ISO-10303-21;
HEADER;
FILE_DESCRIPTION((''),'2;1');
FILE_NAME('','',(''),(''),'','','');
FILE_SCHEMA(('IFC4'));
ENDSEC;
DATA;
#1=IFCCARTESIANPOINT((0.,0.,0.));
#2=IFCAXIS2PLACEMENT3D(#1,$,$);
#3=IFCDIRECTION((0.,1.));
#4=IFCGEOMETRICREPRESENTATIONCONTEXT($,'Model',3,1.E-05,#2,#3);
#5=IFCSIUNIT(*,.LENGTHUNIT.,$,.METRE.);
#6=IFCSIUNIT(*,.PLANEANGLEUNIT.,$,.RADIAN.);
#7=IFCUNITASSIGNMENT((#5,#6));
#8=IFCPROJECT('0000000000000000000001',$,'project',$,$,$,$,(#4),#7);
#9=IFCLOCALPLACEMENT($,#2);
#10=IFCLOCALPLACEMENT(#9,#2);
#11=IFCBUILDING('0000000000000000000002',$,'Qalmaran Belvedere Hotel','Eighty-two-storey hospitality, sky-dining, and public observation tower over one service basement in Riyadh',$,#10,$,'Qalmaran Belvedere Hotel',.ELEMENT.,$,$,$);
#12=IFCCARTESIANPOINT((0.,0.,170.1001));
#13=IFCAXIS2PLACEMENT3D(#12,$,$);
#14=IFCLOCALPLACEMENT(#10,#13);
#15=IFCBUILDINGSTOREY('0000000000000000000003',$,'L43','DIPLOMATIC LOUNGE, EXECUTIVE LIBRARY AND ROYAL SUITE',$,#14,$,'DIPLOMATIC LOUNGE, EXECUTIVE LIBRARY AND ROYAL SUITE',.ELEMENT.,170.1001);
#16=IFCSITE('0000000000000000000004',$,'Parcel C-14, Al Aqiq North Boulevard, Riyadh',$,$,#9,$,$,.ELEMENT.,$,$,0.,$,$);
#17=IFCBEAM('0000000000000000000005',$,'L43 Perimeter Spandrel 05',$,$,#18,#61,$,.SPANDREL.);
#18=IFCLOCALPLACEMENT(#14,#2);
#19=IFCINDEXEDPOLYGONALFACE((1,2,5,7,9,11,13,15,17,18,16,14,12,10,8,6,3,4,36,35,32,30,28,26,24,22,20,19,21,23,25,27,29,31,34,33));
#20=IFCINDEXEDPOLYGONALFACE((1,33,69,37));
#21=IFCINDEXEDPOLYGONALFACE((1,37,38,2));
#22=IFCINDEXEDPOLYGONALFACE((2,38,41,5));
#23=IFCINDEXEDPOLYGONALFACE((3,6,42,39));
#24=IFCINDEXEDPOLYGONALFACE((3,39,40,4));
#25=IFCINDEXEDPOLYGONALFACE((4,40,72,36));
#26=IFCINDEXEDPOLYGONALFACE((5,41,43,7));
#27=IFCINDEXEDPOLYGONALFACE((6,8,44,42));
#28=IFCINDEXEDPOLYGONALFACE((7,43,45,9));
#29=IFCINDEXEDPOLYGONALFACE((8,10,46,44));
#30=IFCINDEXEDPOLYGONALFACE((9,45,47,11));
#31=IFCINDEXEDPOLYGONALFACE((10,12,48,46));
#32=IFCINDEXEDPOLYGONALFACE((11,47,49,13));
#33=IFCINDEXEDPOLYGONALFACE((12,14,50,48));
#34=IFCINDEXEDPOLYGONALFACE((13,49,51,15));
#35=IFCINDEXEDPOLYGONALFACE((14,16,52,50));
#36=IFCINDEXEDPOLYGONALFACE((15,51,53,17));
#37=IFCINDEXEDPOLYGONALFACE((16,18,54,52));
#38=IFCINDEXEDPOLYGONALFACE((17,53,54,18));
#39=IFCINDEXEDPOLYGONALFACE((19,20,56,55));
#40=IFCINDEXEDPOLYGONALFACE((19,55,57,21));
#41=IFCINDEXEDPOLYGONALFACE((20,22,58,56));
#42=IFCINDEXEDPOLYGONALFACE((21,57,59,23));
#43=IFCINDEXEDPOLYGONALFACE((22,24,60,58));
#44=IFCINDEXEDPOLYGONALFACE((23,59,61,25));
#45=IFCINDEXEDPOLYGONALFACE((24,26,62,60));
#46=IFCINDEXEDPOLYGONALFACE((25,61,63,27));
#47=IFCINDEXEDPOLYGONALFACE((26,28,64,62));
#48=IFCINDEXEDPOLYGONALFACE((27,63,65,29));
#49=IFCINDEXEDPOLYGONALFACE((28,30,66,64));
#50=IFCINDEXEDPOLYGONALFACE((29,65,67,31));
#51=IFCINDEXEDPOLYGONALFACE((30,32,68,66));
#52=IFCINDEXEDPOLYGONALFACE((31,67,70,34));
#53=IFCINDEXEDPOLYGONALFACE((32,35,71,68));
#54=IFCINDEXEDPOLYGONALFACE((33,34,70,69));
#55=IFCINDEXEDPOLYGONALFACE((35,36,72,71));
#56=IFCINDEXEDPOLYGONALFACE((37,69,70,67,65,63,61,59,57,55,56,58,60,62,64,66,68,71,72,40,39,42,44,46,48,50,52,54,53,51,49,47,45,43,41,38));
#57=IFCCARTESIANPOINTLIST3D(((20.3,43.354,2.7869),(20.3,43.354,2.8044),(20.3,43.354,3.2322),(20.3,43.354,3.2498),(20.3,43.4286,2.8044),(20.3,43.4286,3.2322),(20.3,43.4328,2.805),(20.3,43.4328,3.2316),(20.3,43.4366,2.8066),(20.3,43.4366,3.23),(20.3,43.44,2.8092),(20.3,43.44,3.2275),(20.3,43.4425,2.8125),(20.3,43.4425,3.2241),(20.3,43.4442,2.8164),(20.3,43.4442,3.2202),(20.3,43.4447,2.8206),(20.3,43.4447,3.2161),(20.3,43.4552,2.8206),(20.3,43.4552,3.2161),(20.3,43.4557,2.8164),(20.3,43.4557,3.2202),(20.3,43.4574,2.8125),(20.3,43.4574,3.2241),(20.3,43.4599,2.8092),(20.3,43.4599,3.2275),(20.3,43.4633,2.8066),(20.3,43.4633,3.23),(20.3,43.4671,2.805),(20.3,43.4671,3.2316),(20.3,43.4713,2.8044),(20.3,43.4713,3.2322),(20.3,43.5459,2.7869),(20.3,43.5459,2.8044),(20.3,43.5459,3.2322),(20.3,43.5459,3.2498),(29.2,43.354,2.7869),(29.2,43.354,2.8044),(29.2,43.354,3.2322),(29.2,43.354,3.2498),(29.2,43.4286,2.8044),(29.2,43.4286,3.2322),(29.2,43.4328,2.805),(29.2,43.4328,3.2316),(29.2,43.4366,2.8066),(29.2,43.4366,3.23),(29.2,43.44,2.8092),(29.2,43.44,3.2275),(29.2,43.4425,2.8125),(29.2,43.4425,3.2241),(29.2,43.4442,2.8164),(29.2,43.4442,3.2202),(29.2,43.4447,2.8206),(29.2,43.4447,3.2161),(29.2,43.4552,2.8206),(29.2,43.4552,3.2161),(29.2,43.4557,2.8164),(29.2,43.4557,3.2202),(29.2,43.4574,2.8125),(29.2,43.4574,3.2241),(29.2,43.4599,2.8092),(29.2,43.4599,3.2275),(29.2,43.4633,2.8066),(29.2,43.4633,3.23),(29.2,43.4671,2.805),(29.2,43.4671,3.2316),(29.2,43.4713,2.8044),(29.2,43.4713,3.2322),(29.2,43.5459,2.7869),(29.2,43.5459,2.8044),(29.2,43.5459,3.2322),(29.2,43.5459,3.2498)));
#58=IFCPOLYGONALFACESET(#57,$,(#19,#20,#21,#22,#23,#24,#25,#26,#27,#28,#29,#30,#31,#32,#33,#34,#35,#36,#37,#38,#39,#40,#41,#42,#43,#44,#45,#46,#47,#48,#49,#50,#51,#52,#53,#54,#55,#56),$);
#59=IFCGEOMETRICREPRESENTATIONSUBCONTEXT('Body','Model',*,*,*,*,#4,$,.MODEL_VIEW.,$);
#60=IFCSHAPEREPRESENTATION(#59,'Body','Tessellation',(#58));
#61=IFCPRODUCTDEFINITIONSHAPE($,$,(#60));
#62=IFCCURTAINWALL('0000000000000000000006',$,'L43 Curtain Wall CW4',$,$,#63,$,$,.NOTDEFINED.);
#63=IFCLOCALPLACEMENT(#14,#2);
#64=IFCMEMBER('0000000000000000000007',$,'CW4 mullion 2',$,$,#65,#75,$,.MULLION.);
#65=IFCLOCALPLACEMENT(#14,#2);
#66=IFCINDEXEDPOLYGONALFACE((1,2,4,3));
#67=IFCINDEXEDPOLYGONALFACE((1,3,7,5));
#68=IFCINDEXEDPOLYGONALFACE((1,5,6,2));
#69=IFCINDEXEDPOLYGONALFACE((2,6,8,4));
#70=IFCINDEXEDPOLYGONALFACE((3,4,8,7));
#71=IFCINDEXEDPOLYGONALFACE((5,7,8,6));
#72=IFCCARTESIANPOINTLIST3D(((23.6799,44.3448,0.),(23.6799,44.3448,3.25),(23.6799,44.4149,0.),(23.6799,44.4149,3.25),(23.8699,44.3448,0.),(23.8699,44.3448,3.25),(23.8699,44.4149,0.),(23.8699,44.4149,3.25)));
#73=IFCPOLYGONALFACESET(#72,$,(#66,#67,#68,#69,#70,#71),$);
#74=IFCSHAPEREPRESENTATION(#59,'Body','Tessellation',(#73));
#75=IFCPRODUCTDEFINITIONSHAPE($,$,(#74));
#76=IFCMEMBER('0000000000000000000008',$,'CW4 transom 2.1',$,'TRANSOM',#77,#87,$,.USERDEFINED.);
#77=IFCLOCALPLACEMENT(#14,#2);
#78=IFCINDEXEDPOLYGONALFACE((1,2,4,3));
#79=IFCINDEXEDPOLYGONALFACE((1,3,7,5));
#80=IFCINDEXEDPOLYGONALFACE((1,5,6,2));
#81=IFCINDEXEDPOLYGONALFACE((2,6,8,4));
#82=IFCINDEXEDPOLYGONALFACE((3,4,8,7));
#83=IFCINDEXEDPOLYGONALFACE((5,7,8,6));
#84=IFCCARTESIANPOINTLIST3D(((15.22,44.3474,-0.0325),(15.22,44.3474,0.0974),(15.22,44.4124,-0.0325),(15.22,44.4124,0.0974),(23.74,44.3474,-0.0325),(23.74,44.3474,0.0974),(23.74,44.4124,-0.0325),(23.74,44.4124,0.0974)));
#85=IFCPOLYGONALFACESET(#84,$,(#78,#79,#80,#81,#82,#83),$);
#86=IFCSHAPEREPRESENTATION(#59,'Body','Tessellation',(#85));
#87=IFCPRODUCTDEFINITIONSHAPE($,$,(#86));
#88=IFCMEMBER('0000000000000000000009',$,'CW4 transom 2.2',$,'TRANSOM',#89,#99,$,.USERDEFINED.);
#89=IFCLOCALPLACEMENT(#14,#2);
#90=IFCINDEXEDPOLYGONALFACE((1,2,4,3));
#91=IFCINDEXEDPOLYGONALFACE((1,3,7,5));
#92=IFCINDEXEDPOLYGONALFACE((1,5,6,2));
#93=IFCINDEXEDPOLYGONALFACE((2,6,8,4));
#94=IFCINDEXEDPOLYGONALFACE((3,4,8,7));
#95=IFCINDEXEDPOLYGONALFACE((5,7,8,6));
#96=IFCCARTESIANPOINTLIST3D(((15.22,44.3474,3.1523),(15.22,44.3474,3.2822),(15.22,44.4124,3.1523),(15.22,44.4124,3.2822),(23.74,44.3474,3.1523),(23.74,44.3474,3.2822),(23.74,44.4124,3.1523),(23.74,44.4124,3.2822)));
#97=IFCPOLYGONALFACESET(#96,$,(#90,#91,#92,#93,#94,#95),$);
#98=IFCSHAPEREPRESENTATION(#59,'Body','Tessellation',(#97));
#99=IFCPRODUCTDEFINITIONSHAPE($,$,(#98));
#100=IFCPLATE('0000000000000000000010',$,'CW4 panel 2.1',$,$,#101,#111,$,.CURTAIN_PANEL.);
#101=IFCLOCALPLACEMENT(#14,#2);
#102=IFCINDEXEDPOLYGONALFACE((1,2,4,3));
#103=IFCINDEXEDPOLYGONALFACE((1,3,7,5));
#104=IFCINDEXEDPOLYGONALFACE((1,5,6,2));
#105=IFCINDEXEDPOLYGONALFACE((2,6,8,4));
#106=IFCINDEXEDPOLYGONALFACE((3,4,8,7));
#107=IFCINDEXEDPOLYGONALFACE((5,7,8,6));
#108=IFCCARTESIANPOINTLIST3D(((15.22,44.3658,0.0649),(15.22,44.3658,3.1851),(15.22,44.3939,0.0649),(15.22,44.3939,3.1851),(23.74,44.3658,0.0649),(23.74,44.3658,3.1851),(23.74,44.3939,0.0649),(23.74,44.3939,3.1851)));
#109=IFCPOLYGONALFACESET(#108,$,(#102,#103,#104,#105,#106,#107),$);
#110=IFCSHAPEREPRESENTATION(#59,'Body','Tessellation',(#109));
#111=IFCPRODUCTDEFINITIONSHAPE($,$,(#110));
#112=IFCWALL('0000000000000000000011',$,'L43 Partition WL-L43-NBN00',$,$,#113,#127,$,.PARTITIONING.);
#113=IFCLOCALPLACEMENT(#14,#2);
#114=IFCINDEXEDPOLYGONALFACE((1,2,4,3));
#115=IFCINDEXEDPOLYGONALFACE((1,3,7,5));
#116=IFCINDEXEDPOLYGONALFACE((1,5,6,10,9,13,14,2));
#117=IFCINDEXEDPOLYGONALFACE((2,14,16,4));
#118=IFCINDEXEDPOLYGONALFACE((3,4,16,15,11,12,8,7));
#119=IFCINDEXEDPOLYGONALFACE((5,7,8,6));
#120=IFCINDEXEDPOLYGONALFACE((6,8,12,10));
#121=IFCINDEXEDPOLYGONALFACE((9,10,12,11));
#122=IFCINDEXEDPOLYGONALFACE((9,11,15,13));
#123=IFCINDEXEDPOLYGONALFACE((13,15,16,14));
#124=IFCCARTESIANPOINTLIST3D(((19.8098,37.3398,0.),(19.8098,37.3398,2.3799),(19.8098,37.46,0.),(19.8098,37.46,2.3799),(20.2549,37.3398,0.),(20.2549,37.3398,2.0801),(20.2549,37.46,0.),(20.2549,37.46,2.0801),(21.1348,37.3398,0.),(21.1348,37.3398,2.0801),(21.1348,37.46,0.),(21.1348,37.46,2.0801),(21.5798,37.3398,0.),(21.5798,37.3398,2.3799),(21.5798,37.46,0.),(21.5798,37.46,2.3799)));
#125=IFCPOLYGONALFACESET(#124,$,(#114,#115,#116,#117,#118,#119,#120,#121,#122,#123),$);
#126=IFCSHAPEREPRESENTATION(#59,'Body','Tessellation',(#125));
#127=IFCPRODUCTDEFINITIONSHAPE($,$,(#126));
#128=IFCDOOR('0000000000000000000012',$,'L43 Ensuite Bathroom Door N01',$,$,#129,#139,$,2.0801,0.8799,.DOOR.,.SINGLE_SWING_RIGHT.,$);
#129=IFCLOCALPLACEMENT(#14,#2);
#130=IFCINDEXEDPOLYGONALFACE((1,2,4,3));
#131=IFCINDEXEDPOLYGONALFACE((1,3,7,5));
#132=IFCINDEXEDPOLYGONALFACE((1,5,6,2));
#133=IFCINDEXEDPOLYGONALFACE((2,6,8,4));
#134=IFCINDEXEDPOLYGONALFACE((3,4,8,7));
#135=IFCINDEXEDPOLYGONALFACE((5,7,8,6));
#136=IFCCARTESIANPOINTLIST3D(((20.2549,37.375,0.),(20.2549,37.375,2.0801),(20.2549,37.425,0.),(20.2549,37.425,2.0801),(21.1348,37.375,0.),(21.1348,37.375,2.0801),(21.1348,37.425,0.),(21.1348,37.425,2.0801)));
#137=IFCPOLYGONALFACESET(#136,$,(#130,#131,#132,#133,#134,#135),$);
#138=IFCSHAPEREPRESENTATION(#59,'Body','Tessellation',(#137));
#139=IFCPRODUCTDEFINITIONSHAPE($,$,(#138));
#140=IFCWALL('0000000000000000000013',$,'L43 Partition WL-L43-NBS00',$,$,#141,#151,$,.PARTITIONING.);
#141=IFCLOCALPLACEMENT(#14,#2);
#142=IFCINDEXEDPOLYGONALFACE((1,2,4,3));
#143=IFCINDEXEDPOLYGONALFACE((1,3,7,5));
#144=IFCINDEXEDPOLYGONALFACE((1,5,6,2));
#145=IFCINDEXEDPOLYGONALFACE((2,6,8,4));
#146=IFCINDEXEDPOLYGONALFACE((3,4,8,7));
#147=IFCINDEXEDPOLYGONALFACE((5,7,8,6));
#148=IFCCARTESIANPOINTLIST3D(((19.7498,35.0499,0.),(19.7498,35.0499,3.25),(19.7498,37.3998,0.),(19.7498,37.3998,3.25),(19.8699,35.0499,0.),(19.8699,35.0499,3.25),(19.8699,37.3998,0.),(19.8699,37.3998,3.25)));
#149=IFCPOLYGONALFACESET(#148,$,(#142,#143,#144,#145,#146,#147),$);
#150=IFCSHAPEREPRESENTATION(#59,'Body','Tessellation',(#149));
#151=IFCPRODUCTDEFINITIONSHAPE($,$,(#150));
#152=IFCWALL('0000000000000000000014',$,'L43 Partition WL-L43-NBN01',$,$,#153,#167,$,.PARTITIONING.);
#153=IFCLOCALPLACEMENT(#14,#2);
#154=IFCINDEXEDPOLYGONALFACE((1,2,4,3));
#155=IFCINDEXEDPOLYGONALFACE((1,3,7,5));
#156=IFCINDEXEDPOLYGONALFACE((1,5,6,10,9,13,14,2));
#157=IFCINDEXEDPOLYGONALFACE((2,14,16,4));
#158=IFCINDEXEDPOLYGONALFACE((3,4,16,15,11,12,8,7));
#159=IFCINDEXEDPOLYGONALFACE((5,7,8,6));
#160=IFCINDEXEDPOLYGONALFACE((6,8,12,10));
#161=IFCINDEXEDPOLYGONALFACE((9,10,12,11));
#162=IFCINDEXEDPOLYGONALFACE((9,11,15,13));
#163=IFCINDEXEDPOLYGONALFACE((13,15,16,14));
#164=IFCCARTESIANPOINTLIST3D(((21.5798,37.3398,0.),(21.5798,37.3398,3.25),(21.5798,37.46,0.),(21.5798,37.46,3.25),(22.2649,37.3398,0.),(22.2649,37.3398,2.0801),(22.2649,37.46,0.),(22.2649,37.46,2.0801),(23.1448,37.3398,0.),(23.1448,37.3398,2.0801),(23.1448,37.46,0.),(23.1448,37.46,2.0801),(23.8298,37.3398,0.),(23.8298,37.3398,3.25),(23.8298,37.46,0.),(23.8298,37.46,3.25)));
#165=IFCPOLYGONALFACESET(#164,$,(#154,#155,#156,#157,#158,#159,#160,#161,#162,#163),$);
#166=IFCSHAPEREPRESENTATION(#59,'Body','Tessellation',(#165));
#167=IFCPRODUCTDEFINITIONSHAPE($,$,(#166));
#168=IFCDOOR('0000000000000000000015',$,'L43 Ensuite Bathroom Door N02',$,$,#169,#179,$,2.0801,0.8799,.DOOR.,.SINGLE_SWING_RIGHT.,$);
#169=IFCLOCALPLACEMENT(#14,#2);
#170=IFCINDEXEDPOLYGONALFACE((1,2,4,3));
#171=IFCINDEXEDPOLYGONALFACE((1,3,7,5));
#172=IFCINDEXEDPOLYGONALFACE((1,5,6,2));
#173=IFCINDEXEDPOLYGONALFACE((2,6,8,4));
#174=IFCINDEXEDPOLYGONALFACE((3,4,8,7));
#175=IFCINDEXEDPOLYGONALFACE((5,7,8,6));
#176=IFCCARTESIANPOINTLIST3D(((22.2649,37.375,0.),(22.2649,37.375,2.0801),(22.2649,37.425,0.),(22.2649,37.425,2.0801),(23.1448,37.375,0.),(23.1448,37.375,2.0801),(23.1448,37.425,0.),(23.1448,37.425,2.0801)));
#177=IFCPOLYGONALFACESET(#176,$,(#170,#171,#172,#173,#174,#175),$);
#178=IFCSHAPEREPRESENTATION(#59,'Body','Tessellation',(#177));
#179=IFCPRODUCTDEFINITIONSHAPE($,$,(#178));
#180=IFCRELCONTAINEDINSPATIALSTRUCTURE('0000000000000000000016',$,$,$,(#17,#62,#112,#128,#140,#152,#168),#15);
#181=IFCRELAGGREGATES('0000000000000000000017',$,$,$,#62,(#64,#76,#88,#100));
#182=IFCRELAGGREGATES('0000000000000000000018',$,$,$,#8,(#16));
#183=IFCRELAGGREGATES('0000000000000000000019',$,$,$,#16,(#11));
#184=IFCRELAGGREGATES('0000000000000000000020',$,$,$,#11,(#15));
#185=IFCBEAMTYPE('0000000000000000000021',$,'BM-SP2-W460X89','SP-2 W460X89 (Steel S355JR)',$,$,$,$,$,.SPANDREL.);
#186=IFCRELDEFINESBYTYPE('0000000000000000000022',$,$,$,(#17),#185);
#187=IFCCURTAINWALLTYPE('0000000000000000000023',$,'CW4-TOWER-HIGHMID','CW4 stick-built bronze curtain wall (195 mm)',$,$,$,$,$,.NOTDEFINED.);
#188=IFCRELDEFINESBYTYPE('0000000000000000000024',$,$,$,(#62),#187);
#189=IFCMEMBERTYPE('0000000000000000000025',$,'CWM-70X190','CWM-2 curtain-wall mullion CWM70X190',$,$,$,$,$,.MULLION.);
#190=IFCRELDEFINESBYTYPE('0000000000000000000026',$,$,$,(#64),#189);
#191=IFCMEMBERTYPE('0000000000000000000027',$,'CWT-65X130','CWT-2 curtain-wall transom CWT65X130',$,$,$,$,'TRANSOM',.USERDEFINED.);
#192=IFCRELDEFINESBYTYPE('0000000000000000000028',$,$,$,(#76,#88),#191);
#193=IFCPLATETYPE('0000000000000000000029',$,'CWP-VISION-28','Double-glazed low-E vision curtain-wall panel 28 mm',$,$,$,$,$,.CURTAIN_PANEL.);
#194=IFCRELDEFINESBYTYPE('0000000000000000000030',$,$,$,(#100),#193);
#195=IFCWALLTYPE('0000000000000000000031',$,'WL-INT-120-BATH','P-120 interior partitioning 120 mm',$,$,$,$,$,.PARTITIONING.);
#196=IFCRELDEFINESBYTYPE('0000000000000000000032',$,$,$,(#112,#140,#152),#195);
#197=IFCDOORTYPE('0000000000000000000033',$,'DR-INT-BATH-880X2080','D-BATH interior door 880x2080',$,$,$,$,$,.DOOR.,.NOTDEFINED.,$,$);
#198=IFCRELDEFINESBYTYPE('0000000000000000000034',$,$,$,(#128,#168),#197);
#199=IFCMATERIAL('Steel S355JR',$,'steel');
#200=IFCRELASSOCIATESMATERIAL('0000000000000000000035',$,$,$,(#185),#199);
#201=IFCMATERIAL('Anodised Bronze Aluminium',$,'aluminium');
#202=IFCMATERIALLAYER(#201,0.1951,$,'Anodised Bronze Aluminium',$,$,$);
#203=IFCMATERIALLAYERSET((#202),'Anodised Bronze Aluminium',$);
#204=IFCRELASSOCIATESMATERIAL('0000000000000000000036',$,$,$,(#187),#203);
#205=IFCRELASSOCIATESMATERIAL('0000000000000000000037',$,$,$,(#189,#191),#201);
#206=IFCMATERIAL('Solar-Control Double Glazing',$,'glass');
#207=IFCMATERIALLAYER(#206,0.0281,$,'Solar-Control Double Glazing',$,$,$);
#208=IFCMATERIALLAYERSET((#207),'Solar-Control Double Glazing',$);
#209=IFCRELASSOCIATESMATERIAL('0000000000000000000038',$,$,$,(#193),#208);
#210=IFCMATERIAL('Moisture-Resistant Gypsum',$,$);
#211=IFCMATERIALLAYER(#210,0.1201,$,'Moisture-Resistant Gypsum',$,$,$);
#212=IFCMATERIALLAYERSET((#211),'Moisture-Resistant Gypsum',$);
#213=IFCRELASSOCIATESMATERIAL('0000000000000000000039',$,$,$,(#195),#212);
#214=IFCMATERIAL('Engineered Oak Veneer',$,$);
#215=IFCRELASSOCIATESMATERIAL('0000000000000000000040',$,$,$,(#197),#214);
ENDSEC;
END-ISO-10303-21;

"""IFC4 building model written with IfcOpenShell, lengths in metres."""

from ifc_helpers import new_model, si_unit, direction, frame, frame_2d, origin, origin_2d, place, context, subcontext, project, spatial, rectangle, i_section, extrude, material, layer, layer_set, material_profile, profile_set, type_object, element, fill, aggregate, save


model = new_model("IFC4")

# Units and contexts
model_context = context("Model", 3, precision=1e-05, world=origin(), true_north=direction((0.0, 1.0)))
body_context = subcontext(model_context, "Body", "Model", "MODEL_VIEW")
ifc_project = project(units=[si_unit("LENGTHUNIT", "METRE"), si_unit("PLANEANGLEUNIT", "RADIAN")], contexts=[model_context])

# Site, building, storey
site_placement = place(None, origin())
site = spatial("IfcSite", under=ifc_project, at=site_placement, Name="Parcel C-14, Al Aqiq North Boulevard, Riyadh", CompositionType="ELEMENT", RefElevation=0.0)
building_placement = place(site_placement, origin())
building = spatial("IfcBuilding", under=site, at=building_placement, Name="Qalmaran Belvedere Hotel", Description="Eighty-two-storey hospitality, sky-dining, and public observation tower over one service basement in Riyadh", LongName="Qalmaran Belvedere Hotel", CompositionType="ELEMENT")
storey_placement = place(building_placement, frame((0.0, 0.0, 170.1001)))
storey = spatial("IfcBuildingStorey", under=building, at=storey_placement, Name="L43", Description="DIPLOMATIC LOUNGE, EXECUTIVE LIBRARY AND ROYAL SUITE", LongName="DIPLOMATIC LOUNGE, EXECUTIVE LIBRARY AND ROYAL SUITE", CompositionType="ELEMENT", Elevation=170.1001)

# Beam
ifc_material_1 = material(Name="Steel S355JR", Category="steel")
ifc_material_profile_1 = material_profile(ifc_material_1, i_section(OverallWidth=0.1919, OverallDepth=0.4629, WebThickness=0.0105, FlangeThickness=0.0176, FilletRadius=0.0161, at=origin_2d()), Name="W460X89")
ifc_profile_set_1 = profile_set([ifc_material_profile_1], Name="Steel S355JR")
beam_type_1 = type_object("IfcBeamType", Name="BM-SP2-W460X89", Description="SP-2 W460X89 (Steel S355JR)", PredefinedType="SPANDREL", material=ifc_profile_set_1)
beam_1_placement = place(storey_placement, frame((20.3, 43.45, 3.0183), z_axis=(1.0, 0.0, 0.0), x_axis=(0.0, 1.0, 0.0)))
element("IfcBeam", 1, at=beam_1_placement, inside=storey, type_object=beam_type_1, Name="L43 Perimeter Spandrel 05", PredefinedType="SPANDREL", context=body_context, shape_type="SweptSolid", body=[
    extrude(i_section(OverallWidth=0.1919, OverallDepth=0.4629, WebThickness=0.0105, FlangeThickness=0.0176, FilletRadius=0.0161, at=origin_2d()), origin(), (0.0, 0.0, 1.0), 8.8999),
])

# Curtain wall, members, plate
ifc_material_2 = material(Name="Anodised Bronze Aluminium", Category="aluminium")
ifc_layer_1 = layer(ifc_material_2, 0.1951, Name="Anodised Bronze Aluminium")
ifc_layer_set_1 = layer_set([ifc_layer_1], Name="Anodised Bronze Aluminium")
curtain_wall_type = type_object("IfcCurtainWallType", Name="CW4-TOWER-HIGHMID", Description="CW4 stick-built bronze curtain wall (195 mm)", PredefinedType="NOTDEFINED", material=ifc_layer_set_1)
curtain_wall_placement = place(storey_placement, origin())
curtain_wall = element("IfcCurtainWall", 2, at=curtain_wall_placement, inside=storey, type_object=curtain_wall_type, Name="L43 Curtain Wall CW4", PredefinedType="NOTDEFINED")
ifc_material_profile_2 = material_profile(ifc_material_2, rectangle(XDim=0.0701, YDim=0.1899, at=origin_2d()), Name="CWM70X190")
ifc_profile_set_2 = profile_set([ifc_material_profile_2], Name="Anodised Bronze Aluminium")
member_type_1 = type_object("IfcMemberType", Name="CWM-70X190", Description="CWM-2 curtain-wall mullion CWM70X190", PredefinedType="MULLION", material=ifc_profile_set_2)
member_1_placement = place(storey_placement, frame((23.7749, 44.3799, 0.0), z_axis=(0.0, 0.0, 1.0), x_axis=(0.0, -1.0, 0.0)))
member_1 = element("IfcMember", 3, at=member_1_placement, type_object=member_type_1, Name="CW4 mullion 2", PredefinedType="MULLION", context=body_context, shape_type="SweptSolid", body=[
    extrude(rectangle(XDim=0.0701, YDim=0.1899, at=origin_2d()), origin(), (0.0, 0.0, 1.0), 3.25),
])
ifc_material_profile_3 = material_profile(ifc_material_2, rectangle(XDim=0.0649, YDim=0.1299, at=origin_2d()), Name="CWT65X130")
ifc_profile_set_3 = profile_set([ifc_material_profile_3], Name="Anodised Bronze Aluminium")
member_type_2 = type_object("IfcMemberType", Name="CWT-65X130", Description="CWT-2 curtain-wall transom CWT65X130", ElementType="TRANSOM", PredefinedType="USERDEFINED", material=ifc_profile_set_3)
member_2_placement = place(storey_placement, frame((23.74, 44.3799, 0.0325), z_axis=(-1.0, 0.0, 0.0), x_axis=(0.0, -1.0, 0.0)))
member_2 = element("IfcMember", 4, at=member_2_placement, type_object=member_type_2, Name="CW4 transom 2.1", ObjectType="TRANSOM", PredefinedType="USERDEFINED", context=body_context, shape_type="SweptSolid", body=[
    extrude(rectangle(XDim=0.0649, YDim=0.1299, at=origin_2d()), origin(), (0.0, 0.0, 1.0), 8.52),
])
member_3_placement = place(storey_placement, frame((23.74, 44.3799, 3.2173), z_axis=(-1.0, 0.0, 0.0), x_axis=(0.0, -1.0, 0.0)))
member_3 = element("IfcMember", 5, at=member_3_placement, type_object=member_type_2, Name="CW4 transom 2.2", ObjectType="TRANSOM", PredefinedType="USERDEFINED", context=body_context, shape_type="SweptSolid", body=[
    extrude(rectangle(XDim=0.0649, YDim=0.1299, at=origin_2d()), origin(), (0.0, 0.0, 1.0), 8.52),
])
ifc_material_3 = material(Name="Solar-Control Double Glazing", Category="glass")
ifc_layer_2 = layer(ifc_material_3, 0.0281, Name="Solar-Control Double Glazing")
ifc_layer_set_2 = layer_set([ifc_layer_2], Name="Solar-Control Double Glazing")
plate_type = type_object("IfcPlateType", Name="CWP-VISION-28", Description="Double-glazed low-E vision curtain-wall panel 28 mm", PredefinedType="CURTAIN_PANEL", material=ifc_layer_set_2)
plate_placement = place(storey_placement, frame((19.48, 44.3799, 0.0649), z_axis=(0.0, 0.0, 1.0), x_axis=(-1.0, 0.0, 0.0)))
plate = element("IfcPlate", 6, at=plate_placement, type_object=plate_type, Name="CW4 panel 2.1", PredefinedType="CURTAIN_PANEL", context=body_context, shape_type="SweptSolid", body=[
    extrude(rectangle(XDim=8.52, YDim=0.0281, at=origin_2d()), origin(), (0.0, 0.0, 1.0), 3.1201),
])
aggregate(curtain_wall, [member_1, member_2, member_3, plate])

# Wall, opening, door
ifc_material_4 = material(Name="Moisture-Resistant Gypsum")
ifc_layer_3 = layer(ifc_material_4, 0.1201, Name="Moisture-Resistant Gypsum")
ifc_layer_set_3 = layer_set([ifc_layer_3], Name="Moisture-Resistant Gypsum")
wall_type_1 = type_object("IfcWallType", Name="WL-INT-120-BATH", Description="P-120 interior partitioning 120 mm", PredefinedType="PARTITIONING", material=ifc_layer_set_3)
wall_1_placement = place(storey_placement, frame((19.8098, 37.3999, 0.0), z_axis=(0.0, 0.0, 1.0), x_axis=(1.0, 0.0, 0.0)))
wall_1 = element("IfcWall", 7, at=wall_1_placement, inside=storey, type_object=wall_type_1, Name="L43 Partition WL-L43-NBN00", PredefinedType="PARTITIONING", context=body_context, shape_type="SweptSolid", body=[
    extrude(rectangle(XDim=1.77, YDim=0.1201, at=frame_2d((0.885, 0.0))), origin(), (0.0, 0.0, 1.0), 2.3799),
])
opening_1_placement = place(wall_1_placement, frame((1.325, 0.0, 0.0), z_axis=(0.0, 0.0, 1.0), x_axis=(-1.0, 0.0, 0.0)))
opening_1 = element("IfcOpeningElement", 8, at=opening_1_placement, cuts=wall_1, PredefinedType="OPENING", context=body_context, shape_type="SweptSolid", body=[
    extrude(rectangle(XDim=0.8799, YDim=2.0801, at=frame_2d((0.4399, 1.04))), frame((0.0, 0.0701, 0.0), z_axis=(0.0, -1.0, 0.0), x_axis=(1.0, 0.0, 0.0)), (0.0, 0.0, 1.0), 0.1401),
])
ifc_material_5 = material(Name="Engineered Oak Veneer")
door_type_1 = type_object("IfcDoorType", Name="DR-INT-BATH-880X2080", Description="D-BATH interior door 880x2080", OperationType="NOTDEFINED", PredefinedType="DOOR", material=ifc_material_5)
door_1_placement = place(opening_1_placement, origin())
door_1 = element("IfcDoor", 9, at=door_1_placement, inside=storey, type_object=door_type_1, Name="L43 Ensuite Bathroom Door N01", OperationType="SINGLE_SWING_RIGHT", OverallHeight=2.0801, OverallWidth=0.8799, PredefinedType="DOOR", context=body_context, shape_type="SweptSolid", body=[
    extrude(rectangle(XDim=0.8799, YDim=2.0801, at=frame_2d((0.4399, 1.04))), frame((0.0, 0.0249, 0.0), z_axis=(0.0, -1.0, 0.0), x_axis=(1.0, 0.0, 0.0)), (0.0, 0.0, 1.0), 0.05),
])
fill(opening_1, door_1)

# Wall
wall_2_placement = place(storey_placement, frame((19.8098, 35.05, 0.0), z_axis=(0.0, 0.0, 1.0), x_axis=(0.0, 1.0, 0.0)))
element("IfcWall", 10, at=wall_2_placement, inside=storey, type_object=wall_type_1, Name="L43 Partition WL-L43-NBS00", PredefinedType="PARTITIONING", context=body_context, shape_type="SweptSolid", body=[
    extrude(rectangle(XDim=2.3499, YDim=0.1201, at=frame_2d((1.1748, 0.0))), origin(), (0.0, 0.0, 1.0), 3.25),
])

# Wall, opening, door
wall_3_placement = place(storey_placement, frame((21.5798, 37.3999, 0.0), z_axis=(0.0, 0.0, 1.0), x_axis=(1.0, 0.0, 0.0)))
wall_3 = element("IfcWall", 11, at=wall_3_placement, inside=storey, type_object=wall_type_1, Name="L43 Partition WL-L43-NBN01", PredefinedType="PARTITIONING", context=body_context, shape_type="SweptSolid", body=[
    extrude(rectangle(XDim=2.25, YDim=0.1201, at=frame_2d((1.125, 0.0))), origin(), (0.0, 0.0, 1.0), 3.25),
])
opening_2_placement = place(wall_3_placement, frame((1.5649, 0.0, 0.0), z_axis=(0.0, 0.0, 1.0), x_axis=(-1.0, 0.0, 0.0)))
opening_2 = element("IfcOpeningElement", 12, at=opening_2_placement, cuts=wall_3, PredefinedType="OPENING", context=body_context, shape_type="SweptSolid", body=[
    extrude(rectangle(XDim=0.8799, YDim=2.0801, at=frame_2d((0.4399, 1.04))), frame((0.0, 0.0701, 0.0), z_axis=(0.0, -1.0, 0.0), x_axis=(1.0, 0.0, 0.0)), (0.0, 0.0, 1.0), 0.1401),
])
door_2_placement = place(opening_2_placement, origin())
door_2 = element("IfcDoor", 13, at=door_2_placement, inside=storey, type_object=door_type_1, Name="L43 Ensuite Bathroom Door N02", OperationType="SINGLE_SWING_RIGHT", OverallHeight=2.0801, OverallWidth=0.8799, PredefinedType="DOOR", context=body_context, shape_type="SweptSolid", body=[
    extrude(rectangle(XDim=0.8799, YDim=2.0801, at=frame_2d((0.4399, 1.04))), frame((0.0, 0.0249, 0.0), z_axis=(0.0, -1.0, 0.0), x_axis=(1.0, 0.0, 0.0)), (0.0, 0.0, 1.0), 0.05),
])
fill(opening_2, door_2)

save(model, "model.ifc")
